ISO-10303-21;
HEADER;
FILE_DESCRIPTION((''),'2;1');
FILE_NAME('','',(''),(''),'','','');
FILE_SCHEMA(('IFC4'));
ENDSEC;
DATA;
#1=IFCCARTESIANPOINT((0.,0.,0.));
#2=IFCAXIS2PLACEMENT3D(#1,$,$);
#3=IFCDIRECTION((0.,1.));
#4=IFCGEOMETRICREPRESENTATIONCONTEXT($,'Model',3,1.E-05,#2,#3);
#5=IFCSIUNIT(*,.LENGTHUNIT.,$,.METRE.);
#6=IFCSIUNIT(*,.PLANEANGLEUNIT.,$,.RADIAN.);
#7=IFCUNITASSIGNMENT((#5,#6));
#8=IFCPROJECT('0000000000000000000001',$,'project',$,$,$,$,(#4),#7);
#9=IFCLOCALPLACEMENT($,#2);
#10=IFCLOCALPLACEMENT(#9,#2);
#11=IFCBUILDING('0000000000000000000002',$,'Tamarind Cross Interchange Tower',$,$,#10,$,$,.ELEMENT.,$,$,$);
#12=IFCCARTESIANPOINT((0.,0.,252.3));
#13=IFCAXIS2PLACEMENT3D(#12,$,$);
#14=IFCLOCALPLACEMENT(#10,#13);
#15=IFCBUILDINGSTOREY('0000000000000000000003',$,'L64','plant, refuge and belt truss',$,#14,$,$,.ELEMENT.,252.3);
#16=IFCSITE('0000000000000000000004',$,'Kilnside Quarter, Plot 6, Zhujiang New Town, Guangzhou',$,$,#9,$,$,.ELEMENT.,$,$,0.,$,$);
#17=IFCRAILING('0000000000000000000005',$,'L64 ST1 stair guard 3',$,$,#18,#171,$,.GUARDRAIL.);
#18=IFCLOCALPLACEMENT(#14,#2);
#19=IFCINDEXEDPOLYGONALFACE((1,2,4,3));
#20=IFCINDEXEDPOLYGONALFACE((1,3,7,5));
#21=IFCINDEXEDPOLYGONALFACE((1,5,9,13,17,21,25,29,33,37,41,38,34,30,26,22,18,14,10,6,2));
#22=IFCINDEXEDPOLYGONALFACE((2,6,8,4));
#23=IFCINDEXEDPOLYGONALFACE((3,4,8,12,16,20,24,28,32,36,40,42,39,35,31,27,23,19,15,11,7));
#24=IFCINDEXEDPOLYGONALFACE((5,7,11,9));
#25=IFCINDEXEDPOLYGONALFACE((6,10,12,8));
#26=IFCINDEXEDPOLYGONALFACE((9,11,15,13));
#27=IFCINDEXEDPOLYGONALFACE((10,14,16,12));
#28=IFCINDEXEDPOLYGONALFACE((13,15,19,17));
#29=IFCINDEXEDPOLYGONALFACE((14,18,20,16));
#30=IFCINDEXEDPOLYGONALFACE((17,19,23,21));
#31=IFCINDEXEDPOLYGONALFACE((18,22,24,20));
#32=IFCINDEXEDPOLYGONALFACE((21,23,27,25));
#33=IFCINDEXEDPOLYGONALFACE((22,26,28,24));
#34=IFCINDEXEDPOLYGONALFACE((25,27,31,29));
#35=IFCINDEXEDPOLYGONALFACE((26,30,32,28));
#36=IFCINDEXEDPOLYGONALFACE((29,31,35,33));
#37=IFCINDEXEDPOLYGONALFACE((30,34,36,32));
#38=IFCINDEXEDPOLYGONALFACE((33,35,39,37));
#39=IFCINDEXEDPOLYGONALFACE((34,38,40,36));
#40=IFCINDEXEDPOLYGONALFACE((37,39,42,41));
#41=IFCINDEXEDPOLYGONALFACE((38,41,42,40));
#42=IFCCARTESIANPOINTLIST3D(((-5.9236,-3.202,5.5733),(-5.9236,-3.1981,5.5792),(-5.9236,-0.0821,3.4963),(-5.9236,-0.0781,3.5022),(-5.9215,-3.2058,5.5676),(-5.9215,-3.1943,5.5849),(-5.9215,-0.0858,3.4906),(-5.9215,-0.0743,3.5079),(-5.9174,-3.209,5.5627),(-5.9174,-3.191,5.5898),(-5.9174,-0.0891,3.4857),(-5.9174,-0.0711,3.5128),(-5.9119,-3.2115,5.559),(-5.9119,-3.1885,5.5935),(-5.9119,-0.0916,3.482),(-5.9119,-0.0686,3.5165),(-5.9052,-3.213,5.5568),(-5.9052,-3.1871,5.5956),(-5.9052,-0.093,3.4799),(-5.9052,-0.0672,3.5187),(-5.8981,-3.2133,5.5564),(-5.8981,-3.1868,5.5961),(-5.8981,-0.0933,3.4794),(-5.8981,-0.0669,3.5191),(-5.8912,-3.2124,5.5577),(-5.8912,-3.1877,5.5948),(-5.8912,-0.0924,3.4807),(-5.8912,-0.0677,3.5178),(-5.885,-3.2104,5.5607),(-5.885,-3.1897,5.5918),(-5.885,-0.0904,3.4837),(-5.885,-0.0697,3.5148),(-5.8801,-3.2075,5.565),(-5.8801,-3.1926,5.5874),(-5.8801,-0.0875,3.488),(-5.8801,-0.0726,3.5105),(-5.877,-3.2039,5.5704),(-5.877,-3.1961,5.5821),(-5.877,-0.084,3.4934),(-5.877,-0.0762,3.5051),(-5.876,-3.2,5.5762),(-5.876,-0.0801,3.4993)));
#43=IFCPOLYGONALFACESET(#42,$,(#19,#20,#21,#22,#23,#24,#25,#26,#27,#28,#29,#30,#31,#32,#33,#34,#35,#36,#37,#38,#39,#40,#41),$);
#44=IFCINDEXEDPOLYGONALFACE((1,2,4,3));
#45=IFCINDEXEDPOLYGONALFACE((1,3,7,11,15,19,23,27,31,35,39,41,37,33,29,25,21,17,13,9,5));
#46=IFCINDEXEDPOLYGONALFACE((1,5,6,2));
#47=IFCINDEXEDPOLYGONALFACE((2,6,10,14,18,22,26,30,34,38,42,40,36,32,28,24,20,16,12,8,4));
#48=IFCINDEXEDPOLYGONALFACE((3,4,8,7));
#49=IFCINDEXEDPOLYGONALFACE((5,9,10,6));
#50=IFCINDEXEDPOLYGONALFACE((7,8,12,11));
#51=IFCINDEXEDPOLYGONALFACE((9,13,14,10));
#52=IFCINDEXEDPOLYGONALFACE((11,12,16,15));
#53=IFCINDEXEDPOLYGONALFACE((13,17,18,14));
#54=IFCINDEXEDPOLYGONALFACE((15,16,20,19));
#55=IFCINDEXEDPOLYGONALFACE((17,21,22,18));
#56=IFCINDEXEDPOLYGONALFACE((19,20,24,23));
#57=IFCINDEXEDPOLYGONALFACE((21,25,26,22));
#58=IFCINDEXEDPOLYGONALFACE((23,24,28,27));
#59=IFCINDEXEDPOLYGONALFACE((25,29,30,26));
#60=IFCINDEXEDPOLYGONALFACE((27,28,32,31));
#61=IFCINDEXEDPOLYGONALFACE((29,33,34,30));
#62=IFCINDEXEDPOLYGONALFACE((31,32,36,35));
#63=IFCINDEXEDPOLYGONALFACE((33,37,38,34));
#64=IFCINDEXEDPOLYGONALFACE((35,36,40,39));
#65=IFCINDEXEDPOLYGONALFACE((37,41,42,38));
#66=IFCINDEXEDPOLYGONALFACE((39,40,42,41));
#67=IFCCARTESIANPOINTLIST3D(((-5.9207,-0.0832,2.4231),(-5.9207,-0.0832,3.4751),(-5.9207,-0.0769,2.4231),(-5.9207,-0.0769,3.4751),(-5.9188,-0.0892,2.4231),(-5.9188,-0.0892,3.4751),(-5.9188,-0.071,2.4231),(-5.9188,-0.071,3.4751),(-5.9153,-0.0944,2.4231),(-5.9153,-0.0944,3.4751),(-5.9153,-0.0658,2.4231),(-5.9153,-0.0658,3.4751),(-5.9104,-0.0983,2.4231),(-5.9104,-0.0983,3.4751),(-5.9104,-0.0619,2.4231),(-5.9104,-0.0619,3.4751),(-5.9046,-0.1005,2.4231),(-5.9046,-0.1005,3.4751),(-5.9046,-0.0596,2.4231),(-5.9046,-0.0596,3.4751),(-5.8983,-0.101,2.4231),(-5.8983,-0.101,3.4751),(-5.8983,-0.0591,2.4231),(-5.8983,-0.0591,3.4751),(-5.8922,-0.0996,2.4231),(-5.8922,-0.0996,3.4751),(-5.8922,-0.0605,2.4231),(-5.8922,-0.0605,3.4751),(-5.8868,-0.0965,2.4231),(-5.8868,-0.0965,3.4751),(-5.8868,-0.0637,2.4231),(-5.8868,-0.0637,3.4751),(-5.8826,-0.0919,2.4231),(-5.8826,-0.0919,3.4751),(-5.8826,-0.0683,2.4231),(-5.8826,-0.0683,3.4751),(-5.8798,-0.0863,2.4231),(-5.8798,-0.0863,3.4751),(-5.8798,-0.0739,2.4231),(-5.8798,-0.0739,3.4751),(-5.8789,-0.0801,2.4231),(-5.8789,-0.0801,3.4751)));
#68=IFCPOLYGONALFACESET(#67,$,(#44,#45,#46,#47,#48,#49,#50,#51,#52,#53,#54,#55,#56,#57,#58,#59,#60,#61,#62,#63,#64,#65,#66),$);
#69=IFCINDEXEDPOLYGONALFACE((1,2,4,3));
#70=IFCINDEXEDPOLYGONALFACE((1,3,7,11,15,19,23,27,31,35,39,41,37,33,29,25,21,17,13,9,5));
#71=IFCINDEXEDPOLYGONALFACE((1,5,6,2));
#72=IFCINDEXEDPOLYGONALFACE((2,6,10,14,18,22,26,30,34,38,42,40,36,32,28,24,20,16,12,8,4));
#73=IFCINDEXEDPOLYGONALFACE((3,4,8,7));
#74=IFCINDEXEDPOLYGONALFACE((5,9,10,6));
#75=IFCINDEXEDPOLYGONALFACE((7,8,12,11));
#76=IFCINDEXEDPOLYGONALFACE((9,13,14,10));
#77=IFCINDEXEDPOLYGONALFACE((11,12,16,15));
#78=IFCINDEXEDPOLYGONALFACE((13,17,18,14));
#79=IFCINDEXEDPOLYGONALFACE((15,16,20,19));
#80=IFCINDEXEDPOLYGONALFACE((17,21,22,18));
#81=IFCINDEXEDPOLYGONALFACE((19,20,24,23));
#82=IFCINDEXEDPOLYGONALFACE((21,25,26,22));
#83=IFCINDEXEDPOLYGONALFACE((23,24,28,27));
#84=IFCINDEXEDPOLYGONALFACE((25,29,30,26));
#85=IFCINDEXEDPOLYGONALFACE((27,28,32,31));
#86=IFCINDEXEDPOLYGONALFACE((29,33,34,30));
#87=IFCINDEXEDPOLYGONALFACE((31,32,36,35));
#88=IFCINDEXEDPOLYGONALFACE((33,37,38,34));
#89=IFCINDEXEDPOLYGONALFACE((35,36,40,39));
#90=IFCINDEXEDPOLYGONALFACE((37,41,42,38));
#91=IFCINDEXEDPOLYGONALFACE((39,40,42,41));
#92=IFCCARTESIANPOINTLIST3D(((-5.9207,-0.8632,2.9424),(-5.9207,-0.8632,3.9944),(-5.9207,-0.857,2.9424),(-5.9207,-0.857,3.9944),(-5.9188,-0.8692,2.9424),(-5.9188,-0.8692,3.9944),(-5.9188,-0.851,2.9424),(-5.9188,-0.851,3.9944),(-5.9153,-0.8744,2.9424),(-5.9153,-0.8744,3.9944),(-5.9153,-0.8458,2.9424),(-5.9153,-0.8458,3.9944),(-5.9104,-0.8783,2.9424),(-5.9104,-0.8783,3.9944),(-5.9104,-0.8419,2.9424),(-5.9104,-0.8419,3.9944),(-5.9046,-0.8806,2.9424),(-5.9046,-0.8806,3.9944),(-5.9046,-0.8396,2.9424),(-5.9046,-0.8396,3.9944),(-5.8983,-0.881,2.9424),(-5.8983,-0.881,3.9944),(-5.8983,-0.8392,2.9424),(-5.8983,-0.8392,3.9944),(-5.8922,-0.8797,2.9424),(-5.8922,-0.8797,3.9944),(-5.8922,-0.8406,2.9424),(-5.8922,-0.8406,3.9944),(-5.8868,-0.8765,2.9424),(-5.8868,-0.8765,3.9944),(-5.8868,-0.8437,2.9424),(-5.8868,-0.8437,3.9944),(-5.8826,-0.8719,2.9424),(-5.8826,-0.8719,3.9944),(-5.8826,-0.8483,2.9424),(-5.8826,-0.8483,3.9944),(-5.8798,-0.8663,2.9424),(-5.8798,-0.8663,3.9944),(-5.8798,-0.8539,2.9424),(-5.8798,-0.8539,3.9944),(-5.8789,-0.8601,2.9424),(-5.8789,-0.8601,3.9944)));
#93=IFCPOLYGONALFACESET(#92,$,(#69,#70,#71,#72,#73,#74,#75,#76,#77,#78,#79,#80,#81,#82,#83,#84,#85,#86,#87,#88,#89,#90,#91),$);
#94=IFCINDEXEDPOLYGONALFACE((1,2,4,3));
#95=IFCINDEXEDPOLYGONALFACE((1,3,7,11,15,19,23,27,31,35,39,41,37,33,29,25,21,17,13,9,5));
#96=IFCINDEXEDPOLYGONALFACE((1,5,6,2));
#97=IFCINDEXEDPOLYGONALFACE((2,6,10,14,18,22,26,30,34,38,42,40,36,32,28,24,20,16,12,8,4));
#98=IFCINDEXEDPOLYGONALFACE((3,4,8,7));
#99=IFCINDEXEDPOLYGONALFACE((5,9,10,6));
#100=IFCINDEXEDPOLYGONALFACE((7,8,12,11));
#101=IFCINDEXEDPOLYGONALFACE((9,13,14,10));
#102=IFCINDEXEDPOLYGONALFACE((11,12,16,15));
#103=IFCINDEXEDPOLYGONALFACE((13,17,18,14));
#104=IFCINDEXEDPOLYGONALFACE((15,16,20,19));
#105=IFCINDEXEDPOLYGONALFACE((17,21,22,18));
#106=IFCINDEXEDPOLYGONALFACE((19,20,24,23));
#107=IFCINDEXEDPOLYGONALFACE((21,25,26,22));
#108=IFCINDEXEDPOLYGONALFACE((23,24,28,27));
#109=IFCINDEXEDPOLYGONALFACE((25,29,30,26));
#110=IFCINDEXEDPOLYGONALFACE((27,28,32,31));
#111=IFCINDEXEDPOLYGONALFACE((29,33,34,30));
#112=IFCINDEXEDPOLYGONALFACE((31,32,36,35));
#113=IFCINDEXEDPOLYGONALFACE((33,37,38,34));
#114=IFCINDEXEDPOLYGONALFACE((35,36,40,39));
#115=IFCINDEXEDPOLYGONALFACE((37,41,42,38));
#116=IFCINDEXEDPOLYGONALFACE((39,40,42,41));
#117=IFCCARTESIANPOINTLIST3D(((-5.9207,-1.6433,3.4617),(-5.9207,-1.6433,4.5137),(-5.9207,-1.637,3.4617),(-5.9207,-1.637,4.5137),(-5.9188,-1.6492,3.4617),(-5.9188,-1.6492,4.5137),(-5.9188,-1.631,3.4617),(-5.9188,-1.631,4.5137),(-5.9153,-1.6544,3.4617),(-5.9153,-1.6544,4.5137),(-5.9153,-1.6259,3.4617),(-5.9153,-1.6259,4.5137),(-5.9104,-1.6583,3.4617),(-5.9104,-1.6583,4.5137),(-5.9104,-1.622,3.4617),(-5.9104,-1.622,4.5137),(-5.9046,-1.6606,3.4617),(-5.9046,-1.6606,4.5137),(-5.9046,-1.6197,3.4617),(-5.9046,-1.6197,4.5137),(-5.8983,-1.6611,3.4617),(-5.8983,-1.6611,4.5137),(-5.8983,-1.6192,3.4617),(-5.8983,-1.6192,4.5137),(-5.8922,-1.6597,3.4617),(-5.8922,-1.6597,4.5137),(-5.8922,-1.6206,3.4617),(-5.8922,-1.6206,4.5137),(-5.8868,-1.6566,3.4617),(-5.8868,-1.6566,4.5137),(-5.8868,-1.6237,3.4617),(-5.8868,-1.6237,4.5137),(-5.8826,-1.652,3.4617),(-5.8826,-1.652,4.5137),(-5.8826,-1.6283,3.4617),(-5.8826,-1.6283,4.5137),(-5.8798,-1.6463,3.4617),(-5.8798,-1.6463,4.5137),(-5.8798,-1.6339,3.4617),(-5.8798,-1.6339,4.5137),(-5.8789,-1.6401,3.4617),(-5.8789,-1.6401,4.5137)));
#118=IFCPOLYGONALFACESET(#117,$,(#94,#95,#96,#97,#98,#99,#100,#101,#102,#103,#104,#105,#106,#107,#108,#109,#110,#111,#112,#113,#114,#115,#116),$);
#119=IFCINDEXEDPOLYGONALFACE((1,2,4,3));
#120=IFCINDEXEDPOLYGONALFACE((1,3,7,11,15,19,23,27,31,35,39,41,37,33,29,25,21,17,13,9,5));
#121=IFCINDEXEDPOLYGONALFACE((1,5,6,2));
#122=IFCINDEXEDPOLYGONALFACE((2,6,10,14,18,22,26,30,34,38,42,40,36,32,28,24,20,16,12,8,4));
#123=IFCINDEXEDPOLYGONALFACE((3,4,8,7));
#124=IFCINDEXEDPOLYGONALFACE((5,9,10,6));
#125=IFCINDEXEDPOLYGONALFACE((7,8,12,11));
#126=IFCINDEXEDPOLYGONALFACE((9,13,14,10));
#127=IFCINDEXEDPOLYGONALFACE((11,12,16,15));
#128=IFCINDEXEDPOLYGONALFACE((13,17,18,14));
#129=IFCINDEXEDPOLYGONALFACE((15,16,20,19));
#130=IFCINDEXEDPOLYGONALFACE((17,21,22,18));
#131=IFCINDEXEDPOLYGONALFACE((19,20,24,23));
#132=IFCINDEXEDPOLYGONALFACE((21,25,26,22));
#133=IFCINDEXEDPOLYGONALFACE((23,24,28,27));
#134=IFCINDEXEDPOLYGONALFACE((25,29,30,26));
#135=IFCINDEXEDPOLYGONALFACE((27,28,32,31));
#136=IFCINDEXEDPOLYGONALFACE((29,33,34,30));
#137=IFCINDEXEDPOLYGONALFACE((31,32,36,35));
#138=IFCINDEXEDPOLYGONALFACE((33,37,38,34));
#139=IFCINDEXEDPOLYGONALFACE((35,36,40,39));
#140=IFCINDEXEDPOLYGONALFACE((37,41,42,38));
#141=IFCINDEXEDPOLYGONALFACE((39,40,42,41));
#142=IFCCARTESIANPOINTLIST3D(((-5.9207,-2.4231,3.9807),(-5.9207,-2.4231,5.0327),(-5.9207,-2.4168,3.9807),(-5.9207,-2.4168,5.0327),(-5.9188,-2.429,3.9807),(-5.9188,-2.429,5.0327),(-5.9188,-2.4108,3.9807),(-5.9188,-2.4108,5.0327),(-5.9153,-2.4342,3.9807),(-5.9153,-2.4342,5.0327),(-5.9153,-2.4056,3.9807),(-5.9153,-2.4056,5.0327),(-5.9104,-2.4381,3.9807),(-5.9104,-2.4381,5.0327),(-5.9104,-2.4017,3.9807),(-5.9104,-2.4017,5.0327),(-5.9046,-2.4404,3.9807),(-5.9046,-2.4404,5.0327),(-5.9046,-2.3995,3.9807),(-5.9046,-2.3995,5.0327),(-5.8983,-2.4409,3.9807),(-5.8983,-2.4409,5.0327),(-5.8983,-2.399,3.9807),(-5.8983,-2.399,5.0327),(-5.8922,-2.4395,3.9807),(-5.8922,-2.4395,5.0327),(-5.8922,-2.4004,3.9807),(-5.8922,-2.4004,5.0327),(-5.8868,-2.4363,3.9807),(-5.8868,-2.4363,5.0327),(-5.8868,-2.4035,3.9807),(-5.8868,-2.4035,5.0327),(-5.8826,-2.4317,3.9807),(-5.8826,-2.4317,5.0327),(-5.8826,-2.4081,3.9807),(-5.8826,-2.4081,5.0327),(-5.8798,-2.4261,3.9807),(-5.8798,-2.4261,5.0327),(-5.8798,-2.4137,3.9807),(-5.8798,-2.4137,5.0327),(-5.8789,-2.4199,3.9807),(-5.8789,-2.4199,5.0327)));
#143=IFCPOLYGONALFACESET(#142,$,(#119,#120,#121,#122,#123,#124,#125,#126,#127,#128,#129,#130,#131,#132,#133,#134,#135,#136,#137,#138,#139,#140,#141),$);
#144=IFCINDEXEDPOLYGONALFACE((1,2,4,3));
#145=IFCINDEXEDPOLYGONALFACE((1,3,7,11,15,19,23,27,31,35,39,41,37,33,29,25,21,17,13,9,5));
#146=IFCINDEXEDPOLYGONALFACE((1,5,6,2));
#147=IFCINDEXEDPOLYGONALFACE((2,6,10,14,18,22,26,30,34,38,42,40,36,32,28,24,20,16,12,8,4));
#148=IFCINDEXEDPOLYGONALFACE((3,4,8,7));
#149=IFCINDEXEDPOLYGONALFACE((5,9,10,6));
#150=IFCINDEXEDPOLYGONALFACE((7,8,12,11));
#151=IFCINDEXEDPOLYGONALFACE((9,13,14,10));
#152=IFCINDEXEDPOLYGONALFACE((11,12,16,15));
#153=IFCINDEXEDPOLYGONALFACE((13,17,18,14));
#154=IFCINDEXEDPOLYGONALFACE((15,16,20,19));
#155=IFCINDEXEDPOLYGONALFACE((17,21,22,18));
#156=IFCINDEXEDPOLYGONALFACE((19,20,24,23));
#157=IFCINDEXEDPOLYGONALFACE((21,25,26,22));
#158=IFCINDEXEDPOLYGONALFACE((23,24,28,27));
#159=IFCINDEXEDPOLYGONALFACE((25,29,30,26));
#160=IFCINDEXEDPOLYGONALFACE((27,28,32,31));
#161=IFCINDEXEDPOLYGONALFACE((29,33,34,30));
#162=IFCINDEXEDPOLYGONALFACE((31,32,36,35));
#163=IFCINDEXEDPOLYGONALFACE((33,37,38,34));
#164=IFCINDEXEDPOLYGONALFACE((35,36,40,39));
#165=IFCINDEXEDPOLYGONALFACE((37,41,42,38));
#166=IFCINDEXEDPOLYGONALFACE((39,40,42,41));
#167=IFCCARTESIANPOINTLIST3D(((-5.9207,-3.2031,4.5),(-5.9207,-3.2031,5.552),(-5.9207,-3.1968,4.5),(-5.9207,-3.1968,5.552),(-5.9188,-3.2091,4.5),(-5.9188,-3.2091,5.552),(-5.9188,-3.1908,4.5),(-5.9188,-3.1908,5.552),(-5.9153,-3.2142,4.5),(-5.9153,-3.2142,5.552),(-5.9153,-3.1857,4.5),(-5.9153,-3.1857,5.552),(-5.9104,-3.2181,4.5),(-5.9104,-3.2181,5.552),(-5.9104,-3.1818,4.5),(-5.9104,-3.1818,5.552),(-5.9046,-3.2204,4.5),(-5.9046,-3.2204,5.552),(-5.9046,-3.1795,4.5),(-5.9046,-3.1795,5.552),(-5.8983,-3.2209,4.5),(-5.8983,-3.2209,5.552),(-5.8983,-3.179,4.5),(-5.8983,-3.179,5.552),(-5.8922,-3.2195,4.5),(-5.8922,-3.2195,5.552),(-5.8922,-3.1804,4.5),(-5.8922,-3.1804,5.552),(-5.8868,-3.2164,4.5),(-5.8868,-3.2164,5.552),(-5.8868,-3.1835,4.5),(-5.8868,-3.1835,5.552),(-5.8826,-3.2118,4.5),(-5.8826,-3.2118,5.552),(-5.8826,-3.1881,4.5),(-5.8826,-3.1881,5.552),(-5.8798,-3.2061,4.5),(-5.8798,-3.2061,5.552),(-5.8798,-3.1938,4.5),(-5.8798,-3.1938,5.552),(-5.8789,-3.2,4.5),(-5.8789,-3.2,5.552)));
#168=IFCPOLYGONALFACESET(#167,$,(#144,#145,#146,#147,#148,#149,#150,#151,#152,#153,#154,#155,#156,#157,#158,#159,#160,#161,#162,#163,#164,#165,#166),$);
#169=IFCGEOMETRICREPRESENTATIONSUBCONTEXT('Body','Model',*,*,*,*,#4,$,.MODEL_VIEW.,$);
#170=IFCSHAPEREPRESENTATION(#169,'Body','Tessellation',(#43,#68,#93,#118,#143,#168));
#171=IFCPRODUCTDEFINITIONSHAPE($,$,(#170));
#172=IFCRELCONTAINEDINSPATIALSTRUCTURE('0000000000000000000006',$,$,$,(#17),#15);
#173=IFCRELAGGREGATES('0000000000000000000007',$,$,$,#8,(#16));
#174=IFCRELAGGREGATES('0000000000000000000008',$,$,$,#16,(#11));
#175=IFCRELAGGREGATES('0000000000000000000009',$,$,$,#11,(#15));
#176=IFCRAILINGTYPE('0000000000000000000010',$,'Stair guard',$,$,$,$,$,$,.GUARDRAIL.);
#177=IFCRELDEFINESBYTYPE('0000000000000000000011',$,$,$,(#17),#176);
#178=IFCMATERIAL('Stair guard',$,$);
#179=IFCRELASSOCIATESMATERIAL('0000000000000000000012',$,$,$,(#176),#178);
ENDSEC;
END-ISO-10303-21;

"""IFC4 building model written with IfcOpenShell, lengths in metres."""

from ifc_helpers import new_model, si_unit, direction, frame, origin, origin_2d, place, context, subcontext, project, spatial, circle, extrude, material, type_object, element, save


model = new_model("IFC4")

# Units and contexts
model_context = context("Model", 3, precision=1e-05, world=origin(), true_north=direction((0.0, 1.0)))
body_context = subcontext(model_context, "Body", "Model", "MODEL_VIEW")
ifc_project = project(units=[si_unit("LENGTHUNIT", "METRE"), si_unit("PLANEANGLEUNIT", "RADIAN")], contexts=[model_context])

# Site, building, storey
site_placement = place(None, origin())
site = spatial("IfcSite", under=ifc_project, at=site_placement, Name="Kilnside Quarter, Plot 6, Zhujiang New Town, Guangzhou", CompositionType="ELEMENT", RefElevation=0.0)
building_placement = place(site_placement, origin())
building = spatial("IfcBuilding", under=site, at=building_placement, Name="Tamarind Cross Interchange Tower", CompositionType="ELEMENT")
storey_placement = place(building_placement, frame((0.0, 0.0, 252.3)))
storey = spatial("IfcBuildingStorey", under=building, at=storey_placement, Name="L64", Description="plant, refuge and belt truss", CompositionType="ELEMENT", Elevation=252.3)

# Railing
ifc_material_1 = material(Name="Stair guard")
railing_type_1 = type_object("IfcRailingType", Name="Stair guard", PredefinedType="GUARDRAIL", material=ifc_material_1)
railing_1_placement = place(storey_placement, frame((-5.8999, -0.0801, 2.4231)))
element("IfcRailing", 1, at=railing_1_placement, inside=storey, type_object=railing_type_1, Name="L64 ST1 stair guard 3", PredefinedType="GUARDRAIL", context=body_context, shape_type="SweptSolid", body=[
    extrude(circle(Radius=0.0239, at=origin_2d()), frame((0.0, 0.0, 1.0762), z_axis=(0.0, -0.832421, 0.554144), x_axis=(1.0, 0.0, 0.0)), (0.0, 0.0, 1.0), 3.748),
    extrude(circle(Radius=0.021, at=origin_2d()), origin(), (0.0, 0.0, 1.0), 1.052),
    extrude(circle(Radius=0.021, at=origin_2d()), frame((0.0, -0.78, 0.5193)), (0.0, 0.0, 1.0), 1.052),
    extrude(circle(Radius=0.021, at=origin_2d()), frame((0.0, -1.5601, 1.0386)), (0.0, 0.0, 1.0), 1.052),
    extrude(circle(Radius=0.021, at=origin_2d()), frame((0.0, -2.3398, 1.5576)), (0.0, 0.0, 1.0), 1.052),
    extrude(circle(Radius=0.021, at=origin_2d()), frame((0.0, -3.1199, 2.0769)), (0.0, 0.0, 1.0), 1.052),
])

save(model, "model.ifc")
